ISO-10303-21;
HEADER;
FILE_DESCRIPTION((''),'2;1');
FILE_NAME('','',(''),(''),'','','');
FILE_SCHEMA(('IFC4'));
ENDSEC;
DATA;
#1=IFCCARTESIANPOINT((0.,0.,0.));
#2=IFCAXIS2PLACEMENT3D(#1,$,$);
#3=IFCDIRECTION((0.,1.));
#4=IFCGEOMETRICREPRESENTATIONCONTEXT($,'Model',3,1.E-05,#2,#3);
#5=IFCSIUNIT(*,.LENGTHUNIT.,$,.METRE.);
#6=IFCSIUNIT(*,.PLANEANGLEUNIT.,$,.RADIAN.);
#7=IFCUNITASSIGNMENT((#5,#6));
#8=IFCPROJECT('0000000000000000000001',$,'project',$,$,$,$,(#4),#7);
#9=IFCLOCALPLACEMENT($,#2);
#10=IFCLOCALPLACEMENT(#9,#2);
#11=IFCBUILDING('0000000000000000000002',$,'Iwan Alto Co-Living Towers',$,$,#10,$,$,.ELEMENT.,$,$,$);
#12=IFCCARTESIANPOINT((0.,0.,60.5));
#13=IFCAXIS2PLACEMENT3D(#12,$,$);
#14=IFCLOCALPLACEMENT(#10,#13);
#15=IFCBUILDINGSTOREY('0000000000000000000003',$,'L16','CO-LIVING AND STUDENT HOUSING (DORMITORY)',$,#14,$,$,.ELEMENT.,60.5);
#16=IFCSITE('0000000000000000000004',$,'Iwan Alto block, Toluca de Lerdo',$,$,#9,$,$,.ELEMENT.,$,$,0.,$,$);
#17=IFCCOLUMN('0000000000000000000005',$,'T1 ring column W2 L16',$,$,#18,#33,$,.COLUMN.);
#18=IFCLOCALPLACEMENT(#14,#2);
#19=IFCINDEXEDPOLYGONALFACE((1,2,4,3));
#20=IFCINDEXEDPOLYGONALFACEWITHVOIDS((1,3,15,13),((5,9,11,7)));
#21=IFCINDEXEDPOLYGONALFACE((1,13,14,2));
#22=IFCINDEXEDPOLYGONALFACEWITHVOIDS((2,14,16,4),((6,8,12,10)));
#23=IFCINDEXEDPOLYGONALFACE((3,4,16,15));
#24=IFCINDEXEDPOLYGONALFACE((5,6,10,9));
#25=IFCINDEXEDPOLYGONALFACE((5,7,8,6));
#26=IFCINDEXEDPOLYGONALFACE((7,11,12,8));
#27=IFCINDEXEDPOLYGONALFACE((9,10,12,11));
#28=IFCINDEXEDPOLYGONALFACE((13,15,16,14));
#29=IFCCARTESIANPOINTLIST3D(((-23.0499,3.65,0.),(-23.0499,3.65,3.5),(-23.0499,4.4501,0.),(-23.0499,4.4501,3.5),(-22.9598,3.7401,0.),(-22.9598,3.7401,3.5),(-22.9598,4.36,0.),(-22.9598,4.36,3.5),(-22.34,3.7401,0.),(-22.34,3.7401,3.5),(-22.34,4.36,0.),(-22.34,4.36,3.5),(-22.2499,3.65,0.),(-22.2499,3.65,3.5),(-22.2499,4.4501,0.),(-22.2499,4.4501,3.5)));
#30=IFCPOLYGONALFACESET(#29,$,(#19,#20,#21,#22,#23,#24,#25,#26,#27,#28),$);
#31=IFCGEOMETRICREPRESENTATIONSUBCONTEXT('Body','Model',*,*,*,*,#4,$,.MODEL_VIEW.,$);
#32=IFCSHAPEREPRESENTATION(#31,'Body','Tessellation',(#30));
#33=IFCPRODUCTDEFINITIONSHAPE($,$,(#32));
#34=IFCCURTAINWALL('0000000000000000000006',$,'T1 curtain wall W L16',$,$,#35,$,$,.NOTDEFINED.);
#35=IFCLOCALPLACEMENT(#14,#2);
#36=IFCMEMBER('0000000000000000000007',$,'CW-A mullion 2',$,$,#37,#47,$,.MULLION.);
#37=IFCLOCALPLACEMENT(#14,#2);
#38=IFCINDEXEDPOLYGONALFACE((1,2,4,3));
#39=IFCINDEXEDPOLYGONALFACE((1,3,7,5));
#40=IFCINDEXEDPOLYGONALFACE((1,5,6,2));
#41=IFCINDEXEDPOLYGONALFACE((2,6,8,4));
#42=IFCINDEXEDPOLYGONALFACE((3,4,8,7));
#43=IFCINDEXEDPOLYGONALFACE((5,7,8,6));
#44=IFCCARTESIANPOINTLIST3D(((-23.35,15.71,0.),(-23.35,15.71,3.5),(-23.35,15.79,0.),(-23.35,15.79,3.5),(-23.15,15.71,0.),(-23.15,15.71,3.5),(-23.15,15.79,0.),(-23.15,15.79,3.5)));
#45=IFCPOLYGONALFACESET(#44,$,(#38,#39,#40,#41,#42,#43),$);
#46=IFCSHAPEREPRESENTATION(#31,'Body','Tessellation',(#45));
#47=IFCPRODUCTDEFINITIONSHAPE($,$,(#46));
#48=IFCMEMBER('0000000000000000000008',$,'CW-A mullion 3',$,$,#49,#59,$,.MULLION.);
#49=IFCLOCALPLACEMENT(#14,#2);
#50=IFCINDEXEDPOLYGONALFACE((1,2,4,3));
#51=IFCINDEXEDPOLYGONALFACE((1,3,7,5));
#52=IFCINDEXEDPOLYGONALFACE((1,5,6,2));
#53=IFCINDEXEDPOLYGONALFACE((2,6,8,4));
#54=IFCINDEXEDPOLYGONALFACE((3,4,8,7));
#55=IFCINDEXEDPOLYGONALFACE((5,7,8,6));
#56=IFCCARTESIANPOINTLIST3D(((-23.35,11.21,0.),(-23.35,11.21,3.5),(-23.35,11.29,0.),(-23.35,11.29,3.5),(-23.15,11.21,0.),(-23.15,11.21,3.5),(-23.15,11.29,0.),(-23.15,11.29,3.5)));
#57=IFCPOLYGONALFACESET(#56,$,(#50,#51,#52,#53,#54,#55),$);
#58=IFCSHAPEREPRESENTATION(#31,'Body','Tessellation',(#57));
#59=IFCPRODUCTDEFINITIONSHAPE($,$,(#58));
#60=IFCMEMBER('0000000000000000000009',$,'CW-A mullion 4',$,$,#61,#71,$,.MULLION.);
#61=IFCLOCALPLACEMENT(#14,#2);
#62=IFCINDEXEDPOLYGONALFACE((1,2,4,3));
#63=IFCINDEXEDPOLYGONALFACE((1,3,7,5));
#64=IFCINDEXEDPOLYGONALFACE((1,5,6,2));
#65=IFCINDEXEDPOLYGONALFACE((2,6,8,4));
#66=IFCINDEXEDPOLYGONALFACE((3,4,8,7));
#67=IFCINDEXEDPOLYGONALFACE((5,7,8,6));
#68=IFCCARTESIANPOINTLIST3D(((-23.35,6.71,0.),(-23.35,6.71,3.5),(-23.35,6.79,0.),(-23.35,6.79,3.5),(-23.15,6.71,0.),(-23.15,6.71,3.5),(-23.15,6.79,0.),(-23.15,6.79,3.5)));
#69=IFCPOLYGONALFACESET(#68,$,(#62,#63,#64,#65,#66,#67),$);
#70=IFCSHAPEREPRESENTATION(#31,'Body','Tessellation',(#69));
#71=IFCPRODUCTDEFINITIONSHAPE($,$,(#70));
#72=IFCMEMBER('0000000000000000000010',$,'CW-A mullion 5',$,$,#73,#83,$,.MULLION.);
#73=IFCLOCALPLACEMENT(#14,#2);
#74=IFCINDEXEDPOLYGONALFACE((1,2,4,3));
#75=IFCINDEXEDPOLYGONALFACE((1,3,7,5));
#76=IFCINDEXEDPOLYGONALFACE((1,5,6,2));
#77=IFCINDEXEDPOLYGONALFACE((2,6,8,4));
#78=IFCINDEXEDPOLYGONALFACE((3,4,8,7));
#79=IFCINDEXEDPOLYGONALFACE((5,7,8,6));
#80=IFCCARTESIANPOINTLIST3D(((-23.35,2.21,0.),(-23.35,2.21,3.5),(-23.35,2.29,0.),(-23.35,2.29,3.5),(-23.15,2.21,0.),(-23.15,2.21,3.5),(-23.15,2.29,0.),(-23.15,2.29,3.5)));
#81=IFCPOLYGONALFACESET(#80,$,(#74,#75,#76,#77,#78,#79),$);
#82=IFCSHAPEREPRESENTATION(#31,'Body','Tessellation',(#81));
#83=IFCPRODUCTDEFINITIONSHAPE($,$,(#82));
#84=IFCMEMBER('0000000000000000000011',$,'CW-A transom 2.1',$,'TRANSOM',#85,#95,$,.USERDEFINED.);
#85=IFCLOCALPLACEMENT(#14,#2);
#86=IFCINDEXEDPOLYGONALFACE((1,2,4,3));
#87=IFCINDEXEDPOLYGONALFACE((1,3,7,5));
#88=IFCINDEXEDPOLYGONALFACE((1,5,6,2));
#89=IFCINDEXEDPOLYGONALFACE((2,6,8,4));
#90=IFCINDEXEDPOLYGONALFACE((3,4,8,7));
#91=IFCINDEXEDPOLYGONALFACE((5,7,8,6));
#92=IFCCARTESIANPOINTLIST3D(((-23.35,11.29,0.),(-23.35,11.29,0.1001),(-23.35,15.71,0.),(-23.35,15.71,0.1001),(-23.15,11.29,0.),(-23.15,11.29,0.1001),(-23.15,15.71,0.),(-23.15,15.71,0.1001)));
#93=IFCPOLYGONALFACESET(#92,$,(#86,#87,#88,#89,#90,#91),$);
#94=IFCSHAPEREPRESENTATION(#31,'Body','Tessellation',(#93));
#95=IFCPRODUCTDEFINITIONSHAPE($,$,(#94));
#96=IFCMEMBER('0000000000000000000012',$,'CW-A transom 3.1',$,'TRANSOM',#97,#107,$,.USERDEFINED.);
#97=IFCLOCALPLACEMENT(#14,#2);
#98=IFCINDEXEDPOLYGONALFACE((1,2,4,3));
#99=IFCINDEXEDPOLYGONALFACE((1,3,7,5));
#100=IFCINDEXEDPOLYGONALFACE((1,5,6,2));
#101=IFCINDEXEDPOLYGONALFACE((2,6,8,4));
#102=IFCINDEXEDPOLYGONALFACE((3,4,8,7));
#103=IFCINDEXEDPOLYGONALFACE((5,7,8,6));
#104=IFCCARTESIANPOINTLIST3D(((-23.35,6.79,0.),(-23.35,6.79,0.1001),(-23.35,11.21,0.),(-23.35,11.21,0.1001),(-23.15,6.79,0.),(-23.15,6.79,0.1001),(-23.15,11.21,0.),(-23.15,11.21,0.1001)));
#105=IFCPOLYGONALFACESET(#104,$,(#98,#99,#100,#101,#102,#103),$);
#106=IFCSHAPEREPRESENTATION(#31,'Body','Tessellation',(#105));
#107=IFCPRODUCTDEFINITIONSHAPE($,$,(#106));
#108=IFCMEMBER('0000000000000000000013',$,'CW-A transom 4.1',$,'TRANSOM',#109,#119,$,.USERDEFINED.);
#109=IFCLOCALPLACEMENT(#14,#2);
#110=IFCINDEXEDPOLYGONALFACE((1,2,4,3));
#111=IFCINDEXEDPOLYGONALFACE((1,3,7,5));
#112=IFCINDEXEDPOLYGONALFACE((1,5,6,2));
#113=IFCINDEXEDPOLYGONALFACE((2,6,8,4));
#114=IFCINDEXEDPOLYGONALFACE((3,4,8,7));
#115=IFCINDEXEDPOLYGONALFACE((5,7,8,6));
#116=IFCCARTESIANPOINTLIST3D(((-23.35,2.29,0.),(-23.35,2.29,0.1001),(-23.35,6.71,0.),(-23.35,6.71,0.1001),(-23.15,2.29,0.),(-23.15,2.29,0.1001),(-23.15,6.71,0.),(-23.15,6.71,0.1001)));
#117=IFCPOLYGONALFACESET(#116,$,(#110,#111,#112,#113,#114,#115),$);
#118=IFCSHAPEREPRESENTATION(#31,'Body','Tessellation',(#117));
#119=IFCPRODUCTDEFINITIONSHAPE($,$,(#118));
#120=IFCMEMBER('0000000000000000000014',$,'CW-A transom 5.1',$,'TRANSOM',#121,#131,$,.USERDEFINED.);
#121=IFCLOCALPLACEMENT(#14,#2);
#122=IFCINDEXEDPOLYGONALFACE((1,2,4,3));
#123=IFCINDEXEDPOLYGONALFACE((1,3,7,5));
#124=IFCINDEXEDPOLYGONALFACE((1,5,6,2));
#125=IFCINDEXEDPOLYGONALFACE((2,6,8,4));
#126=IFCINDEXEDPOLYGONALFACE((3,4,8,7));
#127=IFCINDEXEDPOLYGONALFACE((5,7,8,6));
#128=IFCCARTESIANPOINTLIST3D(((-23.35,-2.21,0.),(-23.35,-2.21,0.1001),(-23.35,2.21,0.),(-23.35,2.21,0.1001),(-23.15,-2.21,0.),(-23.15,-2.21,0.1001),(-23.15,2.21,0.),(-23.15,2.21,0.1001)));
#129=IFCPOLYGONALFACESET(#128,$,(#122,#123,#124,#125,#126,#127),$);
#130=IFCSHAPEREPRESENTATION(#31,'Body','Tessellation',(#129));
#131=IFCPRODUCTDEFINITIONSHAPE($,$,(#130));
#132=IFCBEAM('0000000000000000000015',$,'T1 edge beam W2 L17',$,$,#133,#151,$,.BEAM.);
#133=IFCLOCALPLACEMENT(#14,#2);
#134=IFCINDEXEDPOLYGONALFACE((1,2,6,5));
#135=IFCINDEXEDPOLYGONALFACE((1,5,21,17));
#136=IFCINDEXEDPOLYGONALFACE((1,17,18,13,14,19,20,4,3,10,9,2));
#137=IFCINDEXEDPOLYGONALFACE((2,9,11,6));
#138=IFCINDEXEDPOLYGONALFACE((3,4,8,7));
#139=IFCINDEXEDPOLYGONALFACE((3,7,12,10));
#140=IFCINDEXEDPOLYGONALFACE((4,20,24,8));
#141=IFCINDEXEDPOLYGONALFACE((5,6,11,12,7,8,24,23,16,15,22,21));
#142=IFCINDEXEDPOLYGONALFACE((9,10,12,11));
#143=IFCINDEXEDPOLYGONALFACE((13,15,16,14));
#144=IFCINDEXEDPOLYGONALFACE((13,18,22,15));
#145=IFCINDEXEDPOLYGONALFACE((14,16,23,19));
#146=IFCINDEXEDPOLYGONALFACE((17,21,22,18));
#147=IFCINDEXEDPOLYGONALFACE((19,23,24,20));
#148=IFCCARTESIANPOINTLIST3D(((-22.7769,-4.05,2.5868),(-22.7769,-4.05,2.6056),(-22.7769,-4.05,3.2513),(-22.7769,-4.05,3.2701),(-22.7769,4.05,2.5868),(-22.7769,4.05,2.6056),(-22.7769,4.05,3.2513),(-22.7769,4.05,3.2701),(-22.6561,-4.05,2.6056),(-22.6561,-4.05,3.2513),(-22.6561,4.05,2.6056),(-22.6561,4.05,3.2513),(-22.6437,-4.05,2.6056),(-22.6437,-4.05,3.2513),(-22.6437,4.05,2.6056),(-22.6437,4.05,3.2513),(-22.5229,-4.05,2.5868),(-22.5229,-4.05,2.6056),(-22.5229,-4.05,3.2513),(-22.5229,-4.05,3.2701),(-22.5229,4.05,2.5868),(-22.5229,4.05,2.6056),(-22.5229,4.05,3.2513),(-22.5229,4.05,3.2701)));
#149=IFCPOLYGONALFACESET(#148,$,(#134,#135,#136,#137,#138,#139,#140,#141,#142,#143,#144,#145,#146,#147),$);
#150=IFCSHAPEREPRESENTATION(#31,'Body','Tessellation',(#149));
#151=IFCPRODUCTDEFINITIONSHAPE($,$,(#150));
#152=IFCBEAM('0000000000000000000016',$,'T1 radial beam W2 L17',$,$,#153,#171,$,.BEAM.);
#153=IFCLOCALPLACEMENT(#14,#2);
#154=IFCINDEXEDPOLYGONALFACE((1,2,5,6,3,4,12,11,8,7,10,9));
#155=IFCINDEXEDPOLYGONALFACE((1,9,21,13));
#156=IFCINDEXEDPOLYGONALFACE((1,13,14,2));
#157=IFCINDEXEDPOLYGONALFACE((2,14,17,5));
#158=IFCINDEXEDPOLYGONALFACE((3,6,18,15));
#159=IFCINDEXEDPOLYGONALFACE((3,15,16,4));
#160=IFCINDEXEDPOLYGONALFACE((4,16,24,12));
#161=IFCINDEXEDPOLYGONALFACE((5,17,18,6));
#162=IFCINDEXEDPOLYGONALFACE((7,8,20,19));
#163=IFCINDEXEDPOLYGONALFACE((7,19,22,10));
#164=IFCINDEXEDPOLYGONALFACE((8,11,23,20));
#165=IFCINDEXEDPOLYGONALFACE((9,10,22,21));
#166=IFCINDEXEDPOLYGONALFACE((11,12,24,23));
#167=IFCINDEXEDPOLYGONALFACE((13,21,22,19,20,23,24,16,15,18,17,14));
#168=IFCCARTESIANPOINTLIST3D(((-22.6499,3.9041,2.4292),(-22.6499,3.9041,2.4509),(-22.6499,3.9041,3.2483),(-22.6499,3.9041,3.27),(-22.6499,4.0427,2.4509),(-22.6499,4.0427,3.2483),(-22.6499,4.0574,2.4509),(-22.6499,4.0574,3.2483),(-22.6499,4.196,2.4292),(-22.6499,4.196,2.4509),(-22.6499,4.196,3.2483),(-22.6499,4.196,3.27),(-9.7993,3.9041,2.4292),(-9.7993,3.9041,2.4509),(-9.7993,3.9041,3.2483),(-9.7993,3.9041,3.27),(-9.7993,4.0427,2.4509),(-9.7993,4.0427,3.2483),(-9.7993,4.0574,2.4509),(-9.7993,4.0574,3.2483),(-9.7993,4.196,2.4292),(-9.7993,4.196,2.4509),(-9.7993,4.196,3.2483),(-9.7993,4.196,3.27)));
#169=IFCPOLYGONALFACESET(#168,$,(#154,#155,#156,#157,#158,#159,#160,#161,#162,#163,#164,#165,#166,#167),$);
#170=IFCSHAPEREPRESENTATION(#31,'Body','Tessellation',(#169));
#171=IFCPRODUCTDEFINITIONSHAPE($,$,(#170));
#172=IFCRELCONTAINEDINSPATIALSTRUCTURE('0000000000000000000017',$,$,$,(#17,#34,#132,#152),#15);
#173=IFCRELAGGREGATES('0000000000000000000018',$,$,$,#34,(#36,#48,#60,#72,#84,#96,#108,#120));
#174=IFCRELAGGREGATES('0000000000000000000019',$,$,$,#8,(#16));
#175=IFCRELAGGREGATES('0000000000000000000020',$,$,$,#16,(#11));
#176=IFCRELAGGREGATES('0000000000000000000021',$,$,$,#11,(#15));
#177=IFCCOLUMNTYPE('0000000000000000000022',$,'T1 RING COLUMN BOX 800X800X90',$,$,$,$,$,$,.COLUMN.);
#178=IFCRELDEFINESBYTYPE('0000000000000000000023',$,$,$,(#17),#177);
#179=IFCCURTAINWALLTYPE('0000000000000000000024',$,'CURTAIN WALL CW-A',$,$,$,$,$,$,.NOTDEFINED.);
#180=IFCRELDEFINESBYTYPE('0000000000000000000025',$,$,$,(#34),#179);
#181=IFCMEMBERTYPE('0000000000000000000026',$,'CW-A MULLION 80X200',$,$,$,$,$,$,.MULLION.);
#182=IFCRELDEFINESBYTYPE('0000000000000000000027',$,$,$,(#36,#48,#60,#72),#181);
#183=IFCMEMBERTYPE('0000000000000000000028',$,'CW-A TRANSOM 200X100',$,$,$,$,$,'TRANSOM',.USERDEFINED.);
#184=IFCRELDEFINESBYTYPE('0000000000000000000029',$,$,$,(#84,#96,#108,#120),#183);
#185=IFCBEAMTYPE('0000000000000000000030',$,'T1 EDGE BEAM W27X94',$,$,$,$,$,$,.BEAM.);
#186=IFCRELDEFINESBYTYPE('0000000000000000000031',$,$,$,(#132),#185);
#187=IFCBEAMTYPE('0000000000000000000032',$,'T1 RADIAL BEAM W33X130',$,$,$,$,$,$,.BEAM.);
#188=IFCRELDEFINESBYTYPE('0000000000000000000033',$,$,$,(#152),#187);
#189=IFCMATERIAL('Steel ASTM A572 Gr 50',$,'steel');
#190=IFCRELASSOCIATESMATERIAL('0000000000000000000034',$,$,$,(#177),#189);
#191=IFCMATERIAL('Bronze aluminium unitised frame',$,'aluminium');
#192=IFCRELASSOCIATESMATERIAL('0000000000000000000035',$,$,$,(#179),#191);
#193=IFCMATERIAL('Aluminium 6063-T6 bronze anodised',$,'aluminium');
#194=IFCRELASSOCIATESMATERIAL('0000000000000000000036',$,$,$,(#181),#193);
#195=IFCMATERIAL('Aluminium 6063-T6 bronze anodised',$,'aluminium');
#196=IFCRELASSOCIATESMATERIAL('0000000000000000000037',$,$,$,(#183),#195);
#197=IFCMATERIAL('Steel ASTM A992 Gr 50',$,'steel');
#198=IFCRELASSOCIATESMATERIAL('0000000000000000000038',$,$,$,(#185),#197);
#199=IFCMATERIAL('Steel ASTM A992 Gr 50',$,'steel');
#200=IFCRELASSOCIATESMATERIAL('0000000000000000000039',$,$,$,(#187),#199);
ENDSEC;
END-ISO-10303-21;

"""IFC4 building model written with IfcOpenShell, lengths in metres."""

from ifc_helpers import new_model, si_unit, direction, frame, origin, origin_2d, place, context, subcontext, project, spatial, rectangle, hollow_rectangle, i_section, extrude, material, material_profile, profile_set, type_object, element, aggregate, save


model = new_model("IFC4")

# Units and contexts
model_context = context("Model", 3, precision=1e-05, world=origin(), true_north=direction((0.0, 1.0)))
body_context = subcontext(model_context, "Body", "Model", "MODEL_VIEW")
ifc_project = project(units=[si_unit("LENGTHUNIT", "METRE"), si_unit("PLANEANGLEUNIT", "RADIAN")], contexts=[model_context])

# Site, building, storey
site_placement = place(None, origin())
site = spatial("IfcSite", under=ifc_project, at=site_placement, Name="Iwan Alto block, Toluca de Lerdo", CompositionType="ELEMENT", RefElevation=0.0)
building_placement = place(site_placement, origin())
building = spatial("IfcBuilding", under=site, at=building_placement, Name="Iwan Alto Co-Living Towers", CompositionType="ELEMENT")
storey_placement = place(building_placement, frame((0.0, 0.0, 60.5)))
storey = spatial("IfcBuildingStorey", under=building, at=storey_placement, Name="L16", Description="CO-LIVING AND STUDENT HOUSING (DORMITORY)", CompositionType="ELEMENT", Elevation=60.5)

# Column
ifc_material_1 = material(Name="Steel ASTM A572 Gr 50", Category="steel")
ifc_material_profile_1 = material_profile(ifc_material_1, hollow_rectangle(XDim=0.8, YDim=0.8, WallThickness=0.0901, at=origin_2d()), Name="BOX 800X800X90")
ifc_profile_set_1 = profile_set([ifc_material_profile_1], Name="Steel ASTM A572 Gr 50")
column_type = type_object("IfcColumnType", Name="T1 RING COLUMN BOX 800X800X90", PredefinedType="COLUMN", material=ifc_profile_set_1)
column_placement = place(storey_placement, frame((-22.6499, 4.05, 0.0), z_axis=(0.0, 0.0, 1.0), x_axis=(1.0, 0.0, 0.0)))
element("IfcColumn", 1, at=column_placement, inside=storey, type_object=column_type, Name="T1 ring column W2 L16", PredefinedType="COLUMN", context=body_context, shape_type="SweptSolid", body=[
    extrude(hollow_rectangle(XDim=0.8, YDim=0.8, WallThickness=0.0901, at=origin_2d()), origin(), (0.0, 0.0, 1.0), 3.5),
])

# Curtain wall, members
ifc_material_2 = material(Name="Bronze aluminium unitised frame", Category="aluminium")
curtain_wall_type = type_object("IfcCurtainWallType", Name="CURTAIN WALL CW-A", PredefinedType="NOTDEFINED", material=ifc_material_2)
curtain_wall_placement = place(storey_placement, origin())
curtain_wall = element("IfcCurtainWall", 2, at=curtain_wall_placement, inside=storey, type_object=curtain_wall_type, Name="T1 curtain wall W L16", PredefinedType="NOTDEFINED")
ifc_material_3 = material(Name="Aluminium 6063-T6 bronze anodised", Category="aluminium")
ifc_material_profile_2 = material_profile(ifc_material_3, rectangle(XDim=0.2, YDim=0.0801, at=origin_2d()), Name="AL 80X200")
ifc_profile_set_2 = profile_set([ifc_material_profile_2], Name="Aluminium 6063-T6 bronze anodised")
member_type_1 = type_object("IfcMemberType", Name="CW-A MULLION 80X200", PredefinedType="MULLION", material=ifc_profile_set_2)
member_1_placement = place(storey_placement, frame((-23.25, 15.75, 0.0), z_axis=(0.0, 0.0, 1.0), x_axis=(1.0, 0.0, 0.0)))
member_1 = element("IfcMember", 3, at=member_1_placement, type_object=member_type_1, Name="CW-A mullion 2", PredefinedType="MULLION", context=body_context, shape_type="SweptSolid", body=[
    extrude(rectangle(XDim=0.2, YDim=0.0801, at=origin_2d()), origin(), (0.0, 0.0, 1.0), 3.5),
])
member_2_placement = place(storey_placement, frame((-23.25, 11.25, 0.0), z_axis=(0.0, 0.0, 1.0), x_axis=(1.0, 0.0, 0.0)))
member_2 = element("IfcMember", 4, at=member_2_placement, type_object=member_type_1, Name="CW-A mullion 3", PredefinedType="MULLION", context=body_context, shape_type="SweptSolid", body=[
    extrude(rectangle(XDim=0.2, YDim=0.0801, at=origin_2d()), origin(), (0.0, 0.0, 1.0), 3.5),
])
member_3_placement = place(storey_placement, frame((-23.25, 6.75, 0.0), z_axis=(0.0, 0.0, 1.0), x_axis=(1.0, 0.0, 0.0)))
member_3 = element("IfcMember", 5, at=member_3_placement, type_object=member_type_1, Name="CW-A mullion 4", PredefinedType="MULLION", context=body_context, shape_type="SweptSolid", body=[
    extrude(rectangle(XDim=0.2, YDim=0.0801, at=origin_2d()), origin(), (0.0, 0.0, 1.0), 3.5),
])
member_4_placement = place(storey_placement, frame((-23.25, 2.25, 0.0), z_axis=(0.0, 0.0, 1.0), x_axis=(1.0, 0.0, 0.0)))
member_4 = element("IfcMember", 6, at=member_4_placement, type_object=member_type_1, Name="CW-A mullion 5", PredefinedType="MULLION", context=body_context, shape_type="SweptSolid", body=[
    extrude(rectangle(XDim=0.2, YDim=0.0801, at=origin_2d()), origin(), (0.0, 0.0, 1.0), 3.5),
])
ifc_material_4 = material(Name="Aluminium 6063-T6 bronze anodised", Category="aluminium")
ifc_material_profile_3 = material_profile(ifc_material_4, rectangle(XDim=0.2, YDim=0.1001, at=origin_2d()), Name="AL 200X100")
ifc_profile_set_3 = profile_set([ifc_material_profile_3], Name="Aluminium 6063-T6 bronze anodised")
member_type_2 = type_object("IfcMemberType", Name="CW-A TRANSOM 200X100", ElementType="TRANSOM", PredefinedType="USERDEFINED", material=ifc_profile_set_3)
member_5_placement = place(storey_placement, frame((-23.25, 15.71, 0.05), z_axis=(0.0, -1.0, 0.0), x_axis=(1.0, 0.0, 0.0)))
member_5 = element("IfcMember", 7, at=member_5_placement, type_object=member_type_2, Name="CW-A transom 2.1", ObjectType="TRANSOM", PredefinedType="USERDEFINED", context=body_context, shape_type="SweptSolid", body=[
    extrude(rectangle(XDim=0.2, YDim=0.1001, at=origin_2d()), origin(), (0.0, 0.0, 1.0), 4.4199),
])
member_6_placement = place(storey_placement, frame((-23.25, 11.21, 0.05), z_axis=(0.0, -1.0, 0.0), x_axis=(1.0, 0.0, 0.0)))
member_6 = element("IfcMember", 8, at=member_6_placement, type_object=member_type_2, Name="CW-A transom 3.1", ObjectType="TRANSOM", PredefinedType="USERDEFINED", context=body_context, shape_type="SweptSolid", body=[
    extrude(rectangle(XDim=0.2, YDim=0.1001, at=origin_2d()), origin(), (0.0, 0.0, 1.0), 4.4199),
])
member_7_placement = place(storey_placement, frame((-23.25, 6.71, 0.05), z_axis=(0.0, -1.0, 0.0), x_axis=(1.0, 0.0, 0.0)))
member_7 = element("IfcMember", 9, at=member_7_placement, type_object=member_type_2, Name="CW-A transom 4.1", ObjectType="TRANSOM", PredefinedType="USERDEFINED", context=body_context, shape_type="SweptSolid", body=[
    extrude(rectangle(XDim=0.2, YDim=0.1001, at=origin_2d()), origin(), (0.0, 0.0, 1.0), 4.4199),
])
member_8_placement = place(storey_placement, frame((-23.25, 2.21, 0.05), z_axis=(0.0, -1.0, 0.0), x_axis=(1.0, 0.0, 0.0)))
member_8 = element("IfcMember", 10, at=member_8_placement, type_object=member_type_2, Name="CW-A transom 5.1", ObjectType="TRANSOM", PredefinedType="USERDEFINED", context=body_context, shape_type="SweptSolid", body=[
    extrude(rectangle(XDim=0.2, YDim=0.1001, at=origin_2d()), origin(), (0.0, 0.0, 1.0), 4.4199),
])

# Beams
ifc_material_5 = material(Name="Steel ASTM A992 Gr 50", Category="steel")
ifc_material_profile_4 = material_profile(ifc_material_5, i_section(OverallWidth=0.2539, OverallDepth=0.6833, WebThickness=0.0125, FlangeThickness=0.0188, at=origin_2d()), Name="W27X94")
ifc_profile_set_4 = profile_set([ifc_material_profile_4], Name="Steel ASTM A992 Gr 50")
beam_type_1 = type_object("IfcBeamType", Name="T1 EDGE BEAM W27X94", PredefinedType="BEAM", material=ifc_profile_set_4)
beam_1_placement = place(storey_placement, frame((-22.6499, 4.05, 2.9285), z_axis=(0.0, -1.0, 0.0), x_axis=(1.0, 0.0, 0.0)))
element("IfcBeam", 11, at=beam_1_placement, inside=storey, type_object=beam_type_1, Name="T1 edge beam W2 L17", PredefinedType="BEAM", context=body_context, shape_type="SweptSolid", body=[
    extrude(i_section(OverallWidth=0.2539, OverallDepth=0.6833, WebThickness=0.0125, FlangeThickness=0.0188, at=origin_2d()), origin(), (0.0, 0.0, 1.0), 8.1001),
])
ifc_material_6 = material(Name="Steel ASTM A992 Gr 50", Category="steel")
ifc_material_profile_5 = material_profile(ifc_material_6, i_section(OverallWidth=0.292, OverallDepth=0.8408, WebThickness=0.0146, FlangeThickness=0.0217, at=origin_2d()), Name="W33X130")
ifc_profile_set_5 = profile_set([ifc_material_profile_5], Name="Steel ASTM A992 Gr 50")
beam_type_2 = type_object("IfcBeamType", Name="T1 RADIAL BEAM W33X130", PredefinedType="BEAM", material=ifc_profile_set_5)
beam_2_placement = place(storey_placement, frame((-22.6499, 4.05, 2.8496), z_axis=(1.0, 0.0, 0.0), x_axis=(0.0, 1.0, 0.0)))
element("IfcBeam", 12, at=beam_2_placement, inside=storey, type_object=beam_type_2, Name="T1 radial beam W2 L17", PredefinedType="BEAM", context=body_context, shape_type="SweptSolid", body=[
    extrude(i_section(OverallWidth=0.292, OverallDepth=0.8408, WebThickness=0.0146, FlangeThickness=0.0217, at=origin_2d()), origin(), (0.0, 0.0, 1.0), 12.8506),
])

aggregate(curtain_wall, [member_1, member_2, member_3, member_4, member_5, member_6, member_7, member_8])

save(model, "model.ifc")
